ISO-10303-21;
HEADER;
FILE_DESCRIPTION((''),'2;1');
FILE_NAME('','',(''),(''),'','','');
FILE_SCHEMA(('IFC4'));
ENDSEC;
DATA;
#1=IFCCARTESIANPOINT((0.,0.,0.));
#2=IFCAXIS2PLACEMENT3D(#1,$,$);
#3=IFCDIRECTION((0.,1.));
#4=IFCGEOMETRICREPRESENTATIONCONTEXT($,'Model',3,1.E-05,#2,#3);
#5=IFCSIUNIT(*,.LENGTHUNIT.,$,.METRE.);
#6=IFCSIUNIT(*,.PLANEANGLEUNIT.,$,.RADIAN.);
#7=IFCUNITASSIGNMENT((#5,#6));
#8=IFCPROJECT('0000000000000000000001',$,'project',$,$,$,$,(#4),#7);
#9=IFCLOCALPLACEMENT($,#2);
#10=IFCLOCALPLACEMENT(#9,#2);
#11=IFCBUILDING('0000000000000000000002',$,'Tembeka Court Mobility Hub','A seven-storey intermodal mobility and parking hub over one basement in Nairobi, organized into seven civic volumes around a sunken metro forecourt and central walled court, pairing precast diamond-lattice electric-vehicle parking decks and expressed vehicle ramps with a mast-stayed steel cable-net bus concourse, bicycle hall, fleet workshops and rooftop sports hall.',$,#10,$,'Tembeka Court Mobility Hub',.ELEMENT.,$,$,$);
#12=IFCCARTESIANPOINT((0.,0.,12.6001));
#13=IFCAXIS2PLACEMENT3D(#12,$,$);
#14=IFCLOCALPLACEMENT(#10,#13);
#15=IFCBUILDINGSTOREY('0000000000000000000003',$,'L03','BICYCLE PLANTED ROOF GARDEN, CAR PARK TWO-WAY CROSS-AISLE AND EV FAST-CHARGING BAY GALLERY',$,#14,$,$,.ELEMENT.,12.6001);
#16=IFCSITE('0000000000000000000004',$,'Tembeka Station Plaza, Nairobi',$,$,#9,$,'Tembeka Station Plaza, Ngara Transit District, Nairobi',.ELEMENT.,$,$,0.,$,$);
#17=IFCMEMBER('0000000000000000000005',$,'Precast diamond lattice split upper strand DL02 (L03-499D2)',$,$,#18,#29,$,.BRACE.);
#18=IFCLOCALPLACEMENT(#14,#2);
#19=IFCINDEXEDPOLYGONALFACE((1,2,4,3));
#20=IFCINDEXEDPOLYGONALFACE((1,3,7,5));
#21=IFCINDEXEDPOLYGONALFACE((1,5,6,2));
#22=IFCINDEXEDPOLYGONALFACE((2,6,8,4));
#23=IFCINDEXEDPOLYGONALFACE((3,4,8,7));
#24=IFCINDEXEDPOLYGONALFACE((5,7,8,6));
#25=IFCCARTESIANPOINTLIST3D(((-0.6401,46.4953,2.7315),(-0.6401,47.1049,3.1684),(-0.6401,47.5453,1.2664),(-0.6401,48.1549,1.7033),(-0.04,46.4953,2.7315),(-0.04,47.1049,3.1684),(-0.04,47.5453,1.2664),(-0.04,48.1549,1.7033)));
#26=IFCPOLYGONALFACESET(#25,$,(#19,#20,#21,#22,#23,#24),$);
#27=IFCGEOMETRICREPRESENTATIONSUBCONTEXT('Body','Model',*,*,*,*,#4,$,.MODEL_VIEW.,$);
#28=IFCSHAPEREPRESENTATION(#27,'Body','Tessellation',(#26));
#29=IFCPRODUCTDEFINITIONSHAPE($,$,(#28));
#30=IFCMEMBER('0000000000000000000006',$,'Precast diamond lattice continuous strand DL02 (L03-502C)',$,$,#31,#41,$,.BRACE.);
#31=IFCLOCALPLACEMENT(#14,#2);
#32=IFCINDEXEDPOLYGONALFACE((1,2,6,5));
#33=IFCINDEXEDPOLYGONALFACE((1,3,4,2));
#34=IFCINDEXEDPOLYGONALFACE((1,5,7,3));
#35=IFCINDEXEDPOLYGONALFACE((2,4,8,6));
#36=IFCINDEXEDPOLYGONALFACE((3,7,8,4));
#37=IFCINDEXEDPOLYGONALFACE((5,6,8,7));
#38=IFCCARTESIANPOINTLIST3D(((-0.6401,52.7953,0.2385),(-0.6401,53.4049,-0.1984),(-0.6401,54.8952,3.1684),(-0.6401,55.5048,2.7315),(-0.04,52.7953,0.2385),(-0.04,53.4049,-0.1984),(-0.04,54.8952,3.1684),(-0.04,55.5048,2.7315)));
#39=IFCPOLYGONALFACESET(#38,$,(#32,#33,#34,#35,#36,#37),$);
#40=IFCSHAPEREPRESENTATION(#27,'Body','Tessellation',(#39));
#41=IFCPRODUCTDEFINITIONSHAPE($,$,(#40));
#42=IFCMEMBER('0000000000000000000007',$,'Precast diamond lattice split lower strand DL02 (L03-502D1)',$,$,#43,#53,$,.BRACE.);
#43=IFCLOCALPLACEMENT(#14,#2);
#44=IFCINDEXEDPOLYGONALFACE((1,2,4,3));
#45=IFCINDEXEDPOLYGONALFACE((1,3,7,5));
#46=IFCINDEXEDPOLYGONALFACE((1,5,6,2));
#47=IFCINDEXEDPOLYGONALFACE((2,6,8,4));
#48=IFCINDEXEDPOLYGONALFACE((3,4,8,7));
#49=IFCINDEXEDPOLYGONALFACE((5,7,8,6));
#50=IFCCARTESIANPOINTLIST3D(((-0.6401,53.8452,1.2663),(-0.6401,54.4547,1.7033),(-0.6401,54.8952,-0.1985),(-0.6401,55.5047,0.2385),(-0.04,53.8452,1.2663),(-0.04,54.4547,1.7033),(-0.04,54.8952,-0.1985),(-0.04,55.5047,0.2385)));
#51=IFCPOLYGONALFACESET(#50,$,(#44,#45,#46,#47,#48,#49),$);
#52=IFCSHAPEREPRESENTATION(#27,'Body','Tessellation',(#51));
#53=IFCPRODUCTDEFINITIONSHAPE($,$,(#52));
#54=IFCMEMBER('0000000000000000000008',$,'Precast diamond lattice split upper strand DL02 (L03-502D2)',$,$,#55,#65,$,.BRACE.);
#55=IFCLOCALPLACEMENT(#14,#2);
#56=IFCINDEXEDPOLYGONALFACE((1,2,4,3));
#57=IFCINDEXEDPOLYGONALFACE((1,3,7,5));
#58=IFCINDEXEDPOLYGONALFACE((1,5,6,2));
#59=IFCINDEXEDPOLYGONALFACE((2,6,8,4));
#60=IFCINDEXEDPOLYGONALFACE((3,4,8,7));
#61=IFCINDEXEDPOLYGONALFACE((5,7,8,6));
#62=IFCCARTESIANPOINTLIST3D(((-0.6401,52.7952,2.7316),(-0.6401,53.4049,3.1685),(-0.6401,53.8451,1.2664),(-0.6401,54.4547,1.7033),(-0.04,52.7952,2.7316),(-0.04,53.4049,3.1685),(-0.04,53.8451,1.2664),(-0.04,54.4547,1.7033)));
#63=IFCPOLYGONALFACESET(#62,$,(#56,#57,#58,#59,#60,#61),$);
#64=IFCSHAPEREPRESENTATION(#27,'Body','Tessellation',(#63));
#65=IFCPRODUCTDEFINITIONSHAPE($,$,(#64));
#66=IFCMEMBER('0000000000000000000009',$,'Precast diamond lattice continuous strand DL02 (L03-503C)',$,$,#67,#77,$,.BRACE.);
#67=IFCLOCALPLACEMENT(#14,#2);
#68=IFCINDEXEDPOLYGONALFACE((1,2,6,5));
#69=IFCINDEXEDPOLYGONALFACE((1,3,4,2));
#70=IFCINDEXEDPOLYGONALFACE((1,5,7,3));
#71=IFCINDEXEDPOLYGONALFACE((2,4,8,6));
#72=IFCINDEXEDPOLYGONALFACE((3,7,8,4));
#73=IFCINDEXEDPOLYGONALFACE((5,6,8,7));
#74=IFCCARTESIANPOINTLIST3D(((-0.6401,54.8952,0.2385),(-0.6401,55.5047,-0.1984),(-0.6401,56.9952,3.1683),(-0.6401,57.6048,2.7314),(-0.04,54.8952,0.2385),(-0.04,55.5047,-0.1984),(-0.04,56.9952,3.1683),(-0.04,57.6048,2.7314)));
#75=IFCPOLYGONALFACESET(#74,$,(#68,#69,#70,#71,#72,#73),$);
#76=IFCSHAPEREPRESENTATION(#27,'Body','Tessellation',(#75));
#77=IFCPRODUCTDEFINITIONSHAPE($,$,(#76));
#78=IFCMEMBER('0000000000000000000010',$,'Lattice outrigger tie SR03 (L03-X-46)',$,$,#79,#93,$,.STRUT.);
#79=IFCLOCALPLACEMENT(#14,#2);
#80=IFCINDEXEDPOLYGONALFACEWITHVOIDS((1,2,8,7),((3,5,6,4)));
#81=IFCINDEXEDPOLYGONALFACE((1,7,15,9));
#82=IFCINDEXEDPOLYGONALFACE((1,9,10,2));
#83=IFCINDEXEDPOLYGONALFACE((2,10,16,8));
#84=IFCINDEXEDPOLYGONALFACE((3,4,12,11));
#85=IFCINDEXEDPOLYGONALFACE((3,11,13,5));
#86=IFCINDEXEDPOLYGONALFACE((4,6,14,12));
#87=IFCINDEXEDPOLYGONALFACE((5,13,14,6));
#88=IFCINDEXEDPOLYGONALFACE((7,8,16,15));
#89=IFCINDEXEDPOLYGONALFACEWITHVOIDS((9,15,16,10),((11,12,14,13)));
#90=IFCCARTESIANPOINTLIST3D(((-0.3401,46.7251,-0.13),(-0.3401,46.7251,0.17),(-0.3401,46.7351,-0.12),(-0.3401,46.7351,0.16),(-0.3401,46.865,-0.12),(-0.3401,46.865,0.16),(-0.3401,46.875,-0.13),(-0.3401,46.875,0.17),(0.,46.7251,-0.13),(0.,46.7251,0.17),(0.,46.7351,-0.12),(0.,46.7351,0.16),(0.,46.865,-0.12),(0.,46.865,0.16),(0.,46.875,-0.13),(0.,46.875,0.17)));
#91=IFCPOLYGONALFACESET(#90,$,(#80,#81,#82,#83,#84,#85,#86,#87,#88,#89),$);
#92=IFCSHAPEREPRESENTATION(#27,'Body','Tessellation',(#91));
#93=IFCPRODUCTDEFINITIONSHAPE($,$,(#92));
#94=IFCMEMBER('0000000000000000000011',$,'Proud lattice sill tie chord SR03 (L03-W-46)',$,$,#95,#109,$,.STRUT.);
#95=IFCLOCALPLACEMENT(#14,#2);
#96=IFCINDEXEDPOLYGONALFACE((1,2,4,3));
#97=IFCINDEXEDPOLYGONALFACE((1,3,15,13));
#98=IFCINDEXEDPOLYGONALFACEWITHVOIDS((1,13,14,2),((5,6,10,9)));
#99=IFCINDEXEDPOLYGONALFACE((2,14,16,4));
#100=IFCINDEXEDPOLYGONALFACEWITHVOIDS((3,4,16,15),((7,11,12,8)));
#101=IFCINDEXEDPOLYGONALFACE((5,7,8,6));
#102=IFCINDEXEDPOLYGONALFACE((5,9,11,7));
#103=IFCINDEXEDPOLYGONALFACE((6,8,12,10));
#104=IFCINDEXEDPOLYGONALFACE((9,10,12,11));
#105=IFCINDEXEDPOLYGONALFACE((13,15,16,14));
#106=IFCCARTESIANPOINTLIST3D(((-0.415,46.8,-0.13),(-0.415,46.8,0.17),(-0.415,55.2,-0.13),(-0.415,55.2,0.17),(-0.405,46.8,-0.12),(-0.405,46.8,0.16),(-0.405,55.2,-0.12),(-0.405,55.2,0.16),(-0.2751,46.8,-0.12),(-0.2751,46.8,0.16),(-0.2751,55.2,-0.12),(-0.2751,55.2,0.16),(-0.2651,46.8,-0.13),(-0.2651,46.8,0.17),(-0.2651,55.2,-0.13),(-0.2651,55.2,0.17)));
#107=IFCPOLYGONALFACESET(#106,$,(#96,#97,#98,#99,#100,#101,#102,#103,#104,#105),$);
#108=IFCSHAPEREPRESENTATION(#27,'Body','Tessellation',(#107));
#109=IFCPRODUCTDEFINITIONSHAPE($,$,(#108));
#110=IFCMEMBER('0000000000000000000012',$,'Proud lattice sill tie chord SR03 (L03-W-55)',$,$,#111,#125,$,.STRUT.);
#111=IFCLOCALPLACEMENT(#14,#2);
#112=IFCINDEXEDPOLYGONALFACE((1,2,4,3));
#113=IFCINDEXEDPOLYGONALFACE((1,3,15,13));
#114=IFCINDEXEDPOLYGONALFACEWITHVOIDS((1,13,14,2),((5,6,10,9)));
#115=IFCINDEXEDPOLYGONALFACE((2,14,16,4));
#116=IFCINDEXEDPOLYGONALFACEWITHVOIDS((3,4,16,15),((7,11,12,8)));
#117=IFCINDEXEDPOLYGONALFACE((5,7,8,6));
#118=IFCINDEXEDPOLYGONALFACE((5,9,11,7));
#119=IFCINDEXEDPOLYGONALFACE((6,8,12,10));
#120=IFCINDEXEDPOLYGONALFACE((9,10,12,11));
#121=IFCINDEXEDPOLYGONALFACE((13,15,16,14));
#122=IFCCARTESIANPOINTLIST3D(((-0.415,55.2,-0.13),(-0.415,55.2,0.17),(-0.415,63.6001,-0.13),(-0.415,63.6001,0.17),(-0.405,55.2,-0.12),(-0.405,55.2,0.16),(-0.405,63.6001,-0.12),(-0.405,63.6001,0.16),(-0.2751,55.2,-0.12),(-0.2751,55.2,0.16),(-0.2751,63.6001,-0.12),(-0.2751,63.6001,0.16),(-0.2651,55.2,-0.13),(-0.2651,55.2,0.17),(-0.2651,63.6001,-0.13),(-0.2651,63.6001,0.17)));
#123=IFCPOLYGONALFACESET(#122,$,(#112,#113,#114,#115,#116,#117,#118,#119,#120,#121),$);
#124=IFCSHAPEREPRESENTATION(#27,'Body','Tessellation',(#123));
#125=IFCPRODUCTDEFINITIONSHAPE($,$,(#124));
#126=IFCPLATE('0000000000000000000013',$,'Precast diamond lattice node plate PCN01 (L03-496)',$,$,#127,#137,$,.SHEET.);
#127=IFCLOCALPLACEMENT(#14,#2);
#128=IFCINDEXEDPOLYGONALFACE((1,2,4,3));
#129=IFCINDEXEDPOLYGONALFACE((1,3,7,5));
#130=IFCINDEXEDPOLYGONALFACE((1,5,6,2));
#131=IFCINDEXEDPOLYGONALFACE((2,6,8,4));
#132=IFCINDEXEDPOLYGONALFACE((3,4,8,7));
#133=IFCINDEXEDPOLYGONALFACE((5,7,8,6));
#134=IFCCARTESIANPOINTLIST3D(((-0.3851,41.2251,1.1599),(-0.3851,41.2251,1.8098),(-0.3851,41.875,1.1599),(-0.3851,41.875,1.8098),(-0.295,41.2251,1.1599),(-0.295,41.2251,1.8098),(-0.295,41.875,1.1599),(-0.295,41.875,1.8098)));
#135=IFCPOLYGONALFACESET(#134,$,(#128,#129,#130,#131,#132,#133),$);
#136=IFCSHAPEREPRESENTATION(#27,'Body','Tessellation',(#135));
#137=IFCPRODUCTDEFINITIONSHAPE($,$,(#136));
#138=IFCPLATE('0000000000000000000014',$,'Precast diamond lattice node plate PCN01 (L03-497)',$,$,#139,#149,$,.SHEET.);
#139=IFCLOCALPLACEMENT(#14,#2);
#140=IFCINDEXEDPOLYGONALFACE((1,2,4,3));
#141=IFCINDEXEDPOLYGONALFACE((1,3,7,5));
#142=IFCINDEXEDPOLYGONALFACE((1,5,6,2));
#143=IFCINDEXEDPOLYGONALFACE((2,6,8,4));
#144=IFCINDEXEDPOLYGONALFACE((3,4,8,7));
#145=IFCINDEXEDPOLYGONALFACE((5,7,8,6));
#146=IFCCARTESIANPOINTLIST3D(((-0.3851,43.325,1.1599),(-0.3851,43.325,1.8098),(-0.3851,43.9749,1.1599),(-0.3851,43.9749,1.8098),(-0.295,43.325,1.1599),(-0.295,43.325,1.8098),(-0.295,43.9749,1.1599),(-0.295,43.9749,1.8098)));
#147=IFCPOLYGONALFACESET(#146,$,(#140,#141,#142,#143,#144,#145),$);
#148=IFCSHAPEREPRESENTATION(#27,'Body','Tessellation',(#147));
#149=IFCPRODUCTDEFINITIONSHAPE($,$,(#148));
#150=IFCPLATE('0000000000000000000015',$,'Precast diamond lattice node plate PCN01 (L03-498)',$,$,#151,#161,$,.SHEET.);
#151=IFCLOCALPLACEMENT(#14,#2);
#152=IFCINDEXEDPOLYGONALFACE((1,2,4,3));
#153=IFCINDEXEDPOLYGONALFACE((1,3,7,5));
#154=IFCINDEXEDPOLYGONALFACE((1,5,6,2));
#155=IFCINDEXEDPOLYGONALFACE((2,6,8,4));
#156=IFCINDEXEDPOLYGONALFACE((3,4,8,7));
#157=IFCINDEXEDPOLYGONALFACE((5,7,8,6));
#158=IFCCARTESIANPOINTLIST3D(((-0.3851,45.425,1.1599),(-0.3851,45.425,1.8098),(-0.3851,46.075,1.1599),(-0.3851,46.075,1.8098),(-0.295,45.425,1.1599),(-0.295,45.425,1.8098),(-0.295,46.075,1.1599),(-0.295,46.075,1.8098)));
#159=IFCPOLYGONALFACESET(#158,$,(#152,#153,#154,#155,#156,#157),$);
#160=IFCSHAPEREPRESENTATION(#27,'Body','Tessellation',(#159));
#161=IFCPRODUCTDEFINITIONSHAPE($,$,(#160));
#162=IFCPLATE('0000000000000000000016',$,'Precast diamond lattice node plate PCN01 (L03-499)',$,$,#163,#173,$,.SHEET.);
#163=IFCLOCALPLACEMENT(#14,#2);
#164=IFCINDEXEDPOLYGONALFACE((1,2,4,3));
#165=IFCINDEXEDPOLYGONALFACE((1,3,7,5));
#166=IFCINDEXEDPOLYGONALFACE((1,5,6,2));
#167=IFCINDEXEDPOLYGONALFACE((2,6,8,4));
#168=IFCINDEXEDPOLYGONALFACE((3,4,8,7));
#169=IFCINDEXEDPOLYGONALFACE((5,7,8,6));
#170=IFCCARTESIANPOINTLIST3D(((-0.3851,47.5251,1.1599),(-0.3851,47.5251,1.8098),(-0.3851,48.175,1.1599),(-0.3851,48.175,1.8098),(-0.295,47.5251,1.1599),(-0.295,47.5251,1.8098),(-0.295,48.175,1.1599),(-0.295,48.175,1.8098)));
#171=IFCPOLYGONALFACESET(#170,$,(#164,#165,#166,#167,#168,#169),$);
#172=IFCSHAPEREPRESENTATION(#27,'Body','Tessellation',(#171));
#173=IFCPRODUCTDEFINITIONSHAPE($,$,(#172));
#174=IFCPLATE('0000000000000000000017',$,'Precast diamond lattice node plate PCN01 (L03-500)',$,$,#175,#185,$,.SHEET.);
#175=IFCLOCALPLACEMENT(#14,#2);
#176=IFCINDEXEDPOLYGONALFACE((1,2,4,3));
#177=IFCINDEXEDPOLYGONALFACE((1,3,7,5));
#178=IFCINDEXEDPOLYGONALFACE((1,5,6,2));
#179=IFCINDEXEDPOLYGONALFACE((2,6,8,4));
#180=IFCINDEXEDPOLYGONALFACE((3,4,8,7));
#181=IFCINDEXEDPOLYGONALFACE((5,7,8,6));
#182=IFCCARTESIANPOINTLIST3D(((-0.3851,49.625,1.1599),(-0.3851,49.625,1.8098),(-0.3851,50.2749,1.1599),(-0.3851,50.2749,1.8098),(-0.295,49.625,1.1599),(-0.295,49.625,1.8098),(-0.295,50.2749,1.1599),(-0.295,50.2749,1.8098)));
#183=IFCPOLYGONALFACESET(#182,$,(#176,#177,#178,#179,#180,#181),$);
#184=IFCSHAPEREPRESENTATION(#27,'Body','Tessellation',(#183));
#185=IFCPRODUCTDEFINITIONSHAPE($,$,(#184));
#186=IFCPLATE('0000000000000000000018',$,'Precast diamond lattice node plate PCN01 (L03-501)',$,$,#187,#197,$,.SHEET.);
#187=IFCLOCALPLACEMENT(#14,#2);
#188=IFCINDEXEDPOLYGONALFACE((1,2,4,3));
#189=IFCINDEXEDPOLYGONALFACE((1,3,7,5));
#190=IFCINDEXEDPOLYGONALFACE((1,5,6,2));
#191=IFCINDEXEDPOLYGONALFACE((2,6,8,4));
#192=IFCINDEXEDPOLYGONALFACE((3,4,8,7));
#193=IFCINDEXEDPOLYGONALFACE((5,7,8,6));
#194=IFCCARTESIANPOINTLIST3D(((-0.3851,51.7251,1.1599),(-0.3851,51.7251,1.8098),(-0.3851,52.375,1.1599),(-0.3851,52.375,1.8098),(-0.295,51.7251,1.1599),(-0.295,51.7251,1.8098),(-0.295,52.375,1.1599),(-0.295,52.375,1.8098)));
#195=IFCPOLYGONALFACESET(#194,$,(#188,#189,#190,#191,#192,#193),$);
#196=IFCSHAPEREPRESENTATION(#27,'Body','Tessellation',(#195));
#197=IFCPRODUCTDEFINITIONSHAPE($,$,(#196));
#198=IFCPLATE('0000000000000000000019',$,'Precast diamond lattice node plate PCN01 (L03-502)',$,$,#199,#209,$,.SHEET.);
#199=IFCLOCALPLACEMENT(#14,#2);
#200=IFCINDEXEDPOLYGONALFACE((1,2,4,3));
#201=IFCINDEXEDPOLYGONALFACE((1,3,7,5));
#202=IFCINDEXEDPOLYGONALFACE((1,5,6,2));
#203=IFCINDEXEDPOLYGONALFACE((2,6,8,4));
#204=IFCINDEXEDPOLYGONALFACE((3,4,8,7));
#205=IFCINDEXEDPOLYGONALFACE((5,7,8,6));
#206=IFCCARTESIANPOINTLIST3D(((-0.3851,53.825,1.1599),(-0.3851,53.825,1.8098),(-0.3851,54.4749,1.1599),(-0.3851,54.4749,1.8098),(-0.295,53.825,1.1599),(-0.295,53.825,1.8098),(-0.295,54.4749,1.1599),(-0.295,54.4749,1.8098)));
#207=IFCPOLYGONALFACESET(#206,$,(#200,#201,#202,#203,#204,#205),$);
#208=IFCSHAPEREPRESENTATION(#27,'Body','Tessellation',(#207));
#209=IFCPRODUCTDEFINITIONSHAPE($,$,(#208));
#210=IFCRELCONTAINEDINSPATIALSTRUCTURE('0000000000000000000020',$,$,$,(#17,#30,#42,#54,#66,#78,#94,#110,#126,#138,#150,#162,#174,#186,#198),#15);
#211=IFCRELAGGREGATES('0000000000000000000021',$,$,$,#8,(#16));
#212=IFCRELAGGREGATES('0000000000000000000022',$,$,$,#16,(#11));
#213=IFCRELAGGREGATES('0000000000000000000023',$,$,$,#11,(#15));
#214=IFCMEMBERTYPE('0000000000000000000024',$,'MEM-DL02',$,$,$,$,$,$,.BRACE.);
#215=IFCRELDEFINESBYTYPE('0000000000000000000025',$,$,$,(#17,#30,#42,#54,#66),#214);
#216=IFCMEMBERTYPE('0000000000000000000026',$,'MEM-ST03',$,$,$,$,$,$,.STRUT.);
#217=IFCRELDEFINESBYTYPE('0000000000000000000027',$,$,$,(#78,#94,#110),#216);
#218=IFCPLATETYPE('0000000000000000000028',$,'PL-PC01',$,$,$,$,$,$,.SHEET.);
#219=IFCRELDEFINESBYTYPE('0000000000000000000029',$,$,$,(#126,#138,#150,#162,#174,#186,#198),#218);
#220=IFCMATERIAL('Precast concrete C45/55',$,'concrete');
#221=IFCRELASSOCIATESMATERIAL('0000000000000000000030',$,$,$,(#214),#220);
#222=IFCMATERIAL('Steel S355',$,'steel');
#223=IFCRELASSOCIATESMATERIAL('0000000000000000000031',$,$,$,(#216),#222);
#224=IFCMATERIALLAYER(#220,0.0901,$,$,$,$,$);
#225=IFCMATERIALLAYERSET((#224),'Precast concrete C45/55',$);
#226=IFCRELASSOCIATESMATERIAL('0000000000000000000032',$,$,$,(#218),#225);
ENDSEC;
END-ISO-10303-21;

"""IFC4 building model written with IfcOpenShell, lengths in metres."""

from ifc_helpers import new_model, si_unit, direction, frame, origin, origin_2d, place, context, subcontext, project, spatial, rectangle, hollow_rectangle, extrude, material, layer, layer_set, material_profile, profile_set, type_object, element, save


model = new_model("IFC4")

# Units and contexts
model_context = context("Model", 3, precision=1e-05, world=origin(), true_north=direction((0.0, 1.0)))
body_context = subcontext(model_context, "Body", "Model", "MODEL_VIEW")
ifc_project = project(units=[si_unit("LENGTHUNIT", "METRE"), si_unit("PLANEANGLEUNIT", "RADIAN")], contexts=[model_context])

# Site, building, storey
site_placement = place(None, origin())
site = spatial("IfcSite", under=ifc_project, at=site_placement, Name="Tembeka Station Plaza, Nairobi", LongName="Tembeka Station Plaza, Ngara Transit District, Nairobi", CompositionType="ELEMENT", RefElevation=0.0)
building_placement = place(site_placement, origin())
building = spatial("IfcBuilding", under=site, at=building_placement, Name="Tembeka Court Mobility Hub", Description="A seven-storey intermodal mobility and parking hub over one basement in Nairobi, organized into seven civic volumes around a sunken metro forecourt and central walled court, pairing precast diamond-lattice electric-vehicle parking decks and expressed vehicle ramps with a mast-stayed steel cable-net bus concourse, bicycle hall, fleet workshops and rooftop sports hall.", LongName="Tembeka Court Mobility Hub", CompositionType="ELEMENT")
storey_placement = place(building_placement, frame((0.0, 0.0, 12.6001)))
storey = spatial("IfcBuildingStorey", under=building, at=storey_placement, Name="L03", Description="BICYCLE PLANTED ROOF GARDEN, CAR PARK TWO-WAY CROSS-AISLE AND EV FAST-CHARGING BAY GALLERY", CompositionType="ELEMENT", Elevation=12.6001)

# Shared definitions
ifc_material_1 = material(Name="Steel S355", Category="steel")

# Shared definitions
ifc_material_2 = material(Name="Precast concrete C45/55", Category="concrete")

# Members
ifc_material_profile_1 = material_profile(ifc_material_2, rectangle(XDim=0.6001, YDim=0.75, at=origin_2d()), Name="PC-DIAG 600x750")
ifc_profile_set_1 = profile_set([ifc_material_profile_1], Name="Precast concrete C45/55")
member_type_1 = type_object("IfcMemberType", Name="MEM-DL02", PredefinedType="BRACE", material=ifc_profile_set_1)
member_1_placement = place(storey_placement, frame((-0.3401, 47.8501, 1.4849), z_axis=(0.0, -0.582544, 0.812799), x_axis=(1.0, 0.0, 0.0)))
element("IfcMember", 1, at=member_1_placement, inside=storey, type_object=member_type_1, Name="Precast diamond lattice split upper strand DL02 (L03-499D2)", PredefinedType="BRACE", context=body_context, shape_type="SweptSolid", body=[
    extrude(rectangle(XDim=0.6001, YDim=0.75, at=origin_2d()), origin(), (0.0, 0.0, 1.0), 1.8025),
])
member_2_placement = place(storey_placement, frame((-0.3401, 53.1001, 0.02), z_axis=(0.0, 0.582532, 0.812808), x_axis=(-1.0, 0.0, 0.0)))
element("IfcMember", 2, at=member_2_placement, inside=storey, type_object=member_type_1, Name="Precast diamond lattice continuous strand DL02 (L03-502C)", PredefinedType="BRACE", context=body_context, shape_type="SweptSolid", body=[
    extrude(rectangle(XDim=0.6001, YDim=0.75, at=origin_2d()), origin(), (0.0, 0.0, 1.0), 3.6047),
])
member_3_placement = place(storey_placement, frame((-0.3401, 55.2, 0.02), z_axis=(0.0, -0.582608, 0.812753), x_axis=(1.0, 0.0, 0.0)))
element("IfcMember", 3, at=member_3_placement, inside=storey, type_object=member_type_1, Name="Precast diamond lattice split lower strand DL02 (L03-502D1)", PredefinedType="BRACE", context=body_context, shape_type="SweptSolid", body=[
    extrude(rectangle(XDim=0.6001, YDim=0.75, at=origin_2d()), origin(), (0.0, 0.0, 1.0), 1.8022),
])
member_4_placement = place(storey_placement, frame((-0.3401, 54.1499, 1.4849), z_axis=(0.0, -0.582455, 0.812863), x_axis=(1.0, 0.0, 0.0)))
element("IfcMember", 4, at=member_4_placement, inside=storey, type_object=member_type_1, Name="Precast diamond lattice split upper strand DL02 (L03-502D2)", PredefinedType="BRACE", context=body_context, shape_type="SweptSolid", body=[
    extrude(rectangle(XDim=0.6001, YDim=0.75, at=origin_2d()), origin(), (0.0, 0.0, 1.0), 1.8025),
])
member_5_placement = place(storey_placement, frame((-0.3401, 55.2, 0.02), z_axis=(0.0, 0.582576, 0.812776), x_axis=(-1.0, 0.0, 0.0)))
element("IfcMember", 5, at=member_5_placement, inside=storey, type_object=member_type_1, Name="Precast diamond lattice continuous strand DL02 (L03-503C)", PredefinedType="BRACE", context=body_context, shape_type="SweptSolid", body=[
    extrude(rectangle(XDim=0.6001, YDim=0.75, at=origin_2d()), origin(), (0.0, 0.0, 1.0), 3.6047),
])
ifc_material_profile_2 = material_profile(ifc_material_1, hollow_rectangle(XDim=0.1499, YDim=0.3, WallThickness=0.01, at=origin_2d()), Name="RHS 300x150x10")
ifc_profile_set_2 = profile_set([ifc_material_profile_2], Name="Steel S355")
member_type_2 = type_object("IfcMemberType", Name="MEM-ST03", PredefinedType="STRUT", material=ifc_profile_set_2)
member_6_placement = place(storey_placement, frame((0.0, 46.8, 0.02), z_axis=(-1.0, 0.0, 0.0), x_axis=(0.0, -1.0, 0.0)))
element("IfcMember", 6, at=member_6_placement, inside=storey, type_object=member_type_2, Name="Lattice outrigger tie SR03 (L03-X-46)", PredefinedType="STRUT", context=body_context, shape_type="SweptSolid", body=[
    extrude(hollow_rectangle(XDim=0.1499, YDim=0.3, WallThickness=0.01, at=origin_2d()), origin(), (0.0, 0.0, 1.0), 0.3401),
])
member_7_placement = place(storey_placement, frame((-0.3401, 46.8, 0.02), z_axis=(0.0, 1.0, 0.0), x_axis=(-1.0, 0.0, 0.0)))
element("IfcMember", 7, at=member_7_placement, inside=storey, type_object=member_type_2, Name="Proud lattice sill tie chord SR03 (L03-W-46)", PredefinedType="STRUT", context=body_context, shape_type="SweptSolid", body=[
    extrude(hollow_rectangle(XDim=0.1499, YDim=0.3, WallThickness=0.01, at=origin_2d()), origin(), (0.0, 0.0, 1.0), 8.3999),
])
member_8_placement = place(storey_placement, frame((-0.3401, 55.2, 0.02), z_axis=(0.0, 1.0, 0.0), x_axis=(-1.0, 0.0, 0.0)))
element("IfcMember", 8, at=member_8_placement, inside=storey, type_object=member_type_2, Name="Proud lattice sill tie chord SR03 (L03-W-55)", PredefinedType="STRUT", context=body_context, shape_type="SweptSolid", body=[
    extrude(hollow_rectangle(XDim=0.1499, YDim=0.3, WallThickness=0.01, at=origin_2d()), origin(), (0.0, 0.0, 1.0), 8.4001),
])

# Plates
ifc_layer = layer(ifc_material_2, 0.0901)
ifc_layer_set = layer_set([ifc_layer], Name="Precast concrete C45/55")
plate_type = type_object("IfcPlateType", Name="PL-PC01", PredefinedType="SHEET", material=ifc_layer_set)
for number, where, z_axis, x_axis, name in (
    (9, (-0.3401, 41.55, 1.1599), (0.0, 0.0, 1.0), (1.0, 0.0, 0.0), "Precast diamond lattice node plate PCN01 (L03-496)"),
    (10, (-0.3401, 43.6499, 1.1599), (0.0, 0.0, 1.0), (1.0, 0.0, 0.0), "Precast diamond lattice node plate PCN01 (L03-497)"),
    (11, (-0.3401, 45.75, 1.1599), (0.0, 0.0, 1.0), (1.0, 0.0, 0.0), "Precast diamond lattice node plate PCN01 (L03-498)"),
    (12, (-0.3401, 47.8501, 1.1599), (0.0, 0.0, 1.0), (1.0, 0.0, 0.0), "Precast diamond lattice node plate PCN01 (L03-499)"),
    (13, (-0.3401, 49.95, 1.1599), (0.0, 0.0, 1.0), (1.0, 0.0, 0.0), "Precast diamond lattice node plate PCN01 (L03-500)"),
    (14, (-0.3401, 52.05, 1.1599), (0.0, 0.0, 1.0), (1.0, 0.0, 0.0), "Precast diamond lattice node plate PCN01 (L03-501)"),
    (15, (-0.3401, 54.1499, 1.1599), (0.0, 0.0, 1.0), (1.0, 0.0, 0.0), "Precast diamond lattice node plate PCN01 (L03-502)"),
):
    element("IfcPlate", number, at=place(storey_placement, frame(where, z_axis=z_axis, x_axis=x_axis)), inside=storey, type_object=plate_type, Name=name, PredefinedType="SHEET", context=body_context, shape_type="SweptSolid", body=[
        extrude(rectangle(XDim=0.0901, YDim=0.6499, at=origin_2d()), origin(), (0.0, 0.0, 1.0), 0.6499),
    ])

save(model, "model.ifc")
